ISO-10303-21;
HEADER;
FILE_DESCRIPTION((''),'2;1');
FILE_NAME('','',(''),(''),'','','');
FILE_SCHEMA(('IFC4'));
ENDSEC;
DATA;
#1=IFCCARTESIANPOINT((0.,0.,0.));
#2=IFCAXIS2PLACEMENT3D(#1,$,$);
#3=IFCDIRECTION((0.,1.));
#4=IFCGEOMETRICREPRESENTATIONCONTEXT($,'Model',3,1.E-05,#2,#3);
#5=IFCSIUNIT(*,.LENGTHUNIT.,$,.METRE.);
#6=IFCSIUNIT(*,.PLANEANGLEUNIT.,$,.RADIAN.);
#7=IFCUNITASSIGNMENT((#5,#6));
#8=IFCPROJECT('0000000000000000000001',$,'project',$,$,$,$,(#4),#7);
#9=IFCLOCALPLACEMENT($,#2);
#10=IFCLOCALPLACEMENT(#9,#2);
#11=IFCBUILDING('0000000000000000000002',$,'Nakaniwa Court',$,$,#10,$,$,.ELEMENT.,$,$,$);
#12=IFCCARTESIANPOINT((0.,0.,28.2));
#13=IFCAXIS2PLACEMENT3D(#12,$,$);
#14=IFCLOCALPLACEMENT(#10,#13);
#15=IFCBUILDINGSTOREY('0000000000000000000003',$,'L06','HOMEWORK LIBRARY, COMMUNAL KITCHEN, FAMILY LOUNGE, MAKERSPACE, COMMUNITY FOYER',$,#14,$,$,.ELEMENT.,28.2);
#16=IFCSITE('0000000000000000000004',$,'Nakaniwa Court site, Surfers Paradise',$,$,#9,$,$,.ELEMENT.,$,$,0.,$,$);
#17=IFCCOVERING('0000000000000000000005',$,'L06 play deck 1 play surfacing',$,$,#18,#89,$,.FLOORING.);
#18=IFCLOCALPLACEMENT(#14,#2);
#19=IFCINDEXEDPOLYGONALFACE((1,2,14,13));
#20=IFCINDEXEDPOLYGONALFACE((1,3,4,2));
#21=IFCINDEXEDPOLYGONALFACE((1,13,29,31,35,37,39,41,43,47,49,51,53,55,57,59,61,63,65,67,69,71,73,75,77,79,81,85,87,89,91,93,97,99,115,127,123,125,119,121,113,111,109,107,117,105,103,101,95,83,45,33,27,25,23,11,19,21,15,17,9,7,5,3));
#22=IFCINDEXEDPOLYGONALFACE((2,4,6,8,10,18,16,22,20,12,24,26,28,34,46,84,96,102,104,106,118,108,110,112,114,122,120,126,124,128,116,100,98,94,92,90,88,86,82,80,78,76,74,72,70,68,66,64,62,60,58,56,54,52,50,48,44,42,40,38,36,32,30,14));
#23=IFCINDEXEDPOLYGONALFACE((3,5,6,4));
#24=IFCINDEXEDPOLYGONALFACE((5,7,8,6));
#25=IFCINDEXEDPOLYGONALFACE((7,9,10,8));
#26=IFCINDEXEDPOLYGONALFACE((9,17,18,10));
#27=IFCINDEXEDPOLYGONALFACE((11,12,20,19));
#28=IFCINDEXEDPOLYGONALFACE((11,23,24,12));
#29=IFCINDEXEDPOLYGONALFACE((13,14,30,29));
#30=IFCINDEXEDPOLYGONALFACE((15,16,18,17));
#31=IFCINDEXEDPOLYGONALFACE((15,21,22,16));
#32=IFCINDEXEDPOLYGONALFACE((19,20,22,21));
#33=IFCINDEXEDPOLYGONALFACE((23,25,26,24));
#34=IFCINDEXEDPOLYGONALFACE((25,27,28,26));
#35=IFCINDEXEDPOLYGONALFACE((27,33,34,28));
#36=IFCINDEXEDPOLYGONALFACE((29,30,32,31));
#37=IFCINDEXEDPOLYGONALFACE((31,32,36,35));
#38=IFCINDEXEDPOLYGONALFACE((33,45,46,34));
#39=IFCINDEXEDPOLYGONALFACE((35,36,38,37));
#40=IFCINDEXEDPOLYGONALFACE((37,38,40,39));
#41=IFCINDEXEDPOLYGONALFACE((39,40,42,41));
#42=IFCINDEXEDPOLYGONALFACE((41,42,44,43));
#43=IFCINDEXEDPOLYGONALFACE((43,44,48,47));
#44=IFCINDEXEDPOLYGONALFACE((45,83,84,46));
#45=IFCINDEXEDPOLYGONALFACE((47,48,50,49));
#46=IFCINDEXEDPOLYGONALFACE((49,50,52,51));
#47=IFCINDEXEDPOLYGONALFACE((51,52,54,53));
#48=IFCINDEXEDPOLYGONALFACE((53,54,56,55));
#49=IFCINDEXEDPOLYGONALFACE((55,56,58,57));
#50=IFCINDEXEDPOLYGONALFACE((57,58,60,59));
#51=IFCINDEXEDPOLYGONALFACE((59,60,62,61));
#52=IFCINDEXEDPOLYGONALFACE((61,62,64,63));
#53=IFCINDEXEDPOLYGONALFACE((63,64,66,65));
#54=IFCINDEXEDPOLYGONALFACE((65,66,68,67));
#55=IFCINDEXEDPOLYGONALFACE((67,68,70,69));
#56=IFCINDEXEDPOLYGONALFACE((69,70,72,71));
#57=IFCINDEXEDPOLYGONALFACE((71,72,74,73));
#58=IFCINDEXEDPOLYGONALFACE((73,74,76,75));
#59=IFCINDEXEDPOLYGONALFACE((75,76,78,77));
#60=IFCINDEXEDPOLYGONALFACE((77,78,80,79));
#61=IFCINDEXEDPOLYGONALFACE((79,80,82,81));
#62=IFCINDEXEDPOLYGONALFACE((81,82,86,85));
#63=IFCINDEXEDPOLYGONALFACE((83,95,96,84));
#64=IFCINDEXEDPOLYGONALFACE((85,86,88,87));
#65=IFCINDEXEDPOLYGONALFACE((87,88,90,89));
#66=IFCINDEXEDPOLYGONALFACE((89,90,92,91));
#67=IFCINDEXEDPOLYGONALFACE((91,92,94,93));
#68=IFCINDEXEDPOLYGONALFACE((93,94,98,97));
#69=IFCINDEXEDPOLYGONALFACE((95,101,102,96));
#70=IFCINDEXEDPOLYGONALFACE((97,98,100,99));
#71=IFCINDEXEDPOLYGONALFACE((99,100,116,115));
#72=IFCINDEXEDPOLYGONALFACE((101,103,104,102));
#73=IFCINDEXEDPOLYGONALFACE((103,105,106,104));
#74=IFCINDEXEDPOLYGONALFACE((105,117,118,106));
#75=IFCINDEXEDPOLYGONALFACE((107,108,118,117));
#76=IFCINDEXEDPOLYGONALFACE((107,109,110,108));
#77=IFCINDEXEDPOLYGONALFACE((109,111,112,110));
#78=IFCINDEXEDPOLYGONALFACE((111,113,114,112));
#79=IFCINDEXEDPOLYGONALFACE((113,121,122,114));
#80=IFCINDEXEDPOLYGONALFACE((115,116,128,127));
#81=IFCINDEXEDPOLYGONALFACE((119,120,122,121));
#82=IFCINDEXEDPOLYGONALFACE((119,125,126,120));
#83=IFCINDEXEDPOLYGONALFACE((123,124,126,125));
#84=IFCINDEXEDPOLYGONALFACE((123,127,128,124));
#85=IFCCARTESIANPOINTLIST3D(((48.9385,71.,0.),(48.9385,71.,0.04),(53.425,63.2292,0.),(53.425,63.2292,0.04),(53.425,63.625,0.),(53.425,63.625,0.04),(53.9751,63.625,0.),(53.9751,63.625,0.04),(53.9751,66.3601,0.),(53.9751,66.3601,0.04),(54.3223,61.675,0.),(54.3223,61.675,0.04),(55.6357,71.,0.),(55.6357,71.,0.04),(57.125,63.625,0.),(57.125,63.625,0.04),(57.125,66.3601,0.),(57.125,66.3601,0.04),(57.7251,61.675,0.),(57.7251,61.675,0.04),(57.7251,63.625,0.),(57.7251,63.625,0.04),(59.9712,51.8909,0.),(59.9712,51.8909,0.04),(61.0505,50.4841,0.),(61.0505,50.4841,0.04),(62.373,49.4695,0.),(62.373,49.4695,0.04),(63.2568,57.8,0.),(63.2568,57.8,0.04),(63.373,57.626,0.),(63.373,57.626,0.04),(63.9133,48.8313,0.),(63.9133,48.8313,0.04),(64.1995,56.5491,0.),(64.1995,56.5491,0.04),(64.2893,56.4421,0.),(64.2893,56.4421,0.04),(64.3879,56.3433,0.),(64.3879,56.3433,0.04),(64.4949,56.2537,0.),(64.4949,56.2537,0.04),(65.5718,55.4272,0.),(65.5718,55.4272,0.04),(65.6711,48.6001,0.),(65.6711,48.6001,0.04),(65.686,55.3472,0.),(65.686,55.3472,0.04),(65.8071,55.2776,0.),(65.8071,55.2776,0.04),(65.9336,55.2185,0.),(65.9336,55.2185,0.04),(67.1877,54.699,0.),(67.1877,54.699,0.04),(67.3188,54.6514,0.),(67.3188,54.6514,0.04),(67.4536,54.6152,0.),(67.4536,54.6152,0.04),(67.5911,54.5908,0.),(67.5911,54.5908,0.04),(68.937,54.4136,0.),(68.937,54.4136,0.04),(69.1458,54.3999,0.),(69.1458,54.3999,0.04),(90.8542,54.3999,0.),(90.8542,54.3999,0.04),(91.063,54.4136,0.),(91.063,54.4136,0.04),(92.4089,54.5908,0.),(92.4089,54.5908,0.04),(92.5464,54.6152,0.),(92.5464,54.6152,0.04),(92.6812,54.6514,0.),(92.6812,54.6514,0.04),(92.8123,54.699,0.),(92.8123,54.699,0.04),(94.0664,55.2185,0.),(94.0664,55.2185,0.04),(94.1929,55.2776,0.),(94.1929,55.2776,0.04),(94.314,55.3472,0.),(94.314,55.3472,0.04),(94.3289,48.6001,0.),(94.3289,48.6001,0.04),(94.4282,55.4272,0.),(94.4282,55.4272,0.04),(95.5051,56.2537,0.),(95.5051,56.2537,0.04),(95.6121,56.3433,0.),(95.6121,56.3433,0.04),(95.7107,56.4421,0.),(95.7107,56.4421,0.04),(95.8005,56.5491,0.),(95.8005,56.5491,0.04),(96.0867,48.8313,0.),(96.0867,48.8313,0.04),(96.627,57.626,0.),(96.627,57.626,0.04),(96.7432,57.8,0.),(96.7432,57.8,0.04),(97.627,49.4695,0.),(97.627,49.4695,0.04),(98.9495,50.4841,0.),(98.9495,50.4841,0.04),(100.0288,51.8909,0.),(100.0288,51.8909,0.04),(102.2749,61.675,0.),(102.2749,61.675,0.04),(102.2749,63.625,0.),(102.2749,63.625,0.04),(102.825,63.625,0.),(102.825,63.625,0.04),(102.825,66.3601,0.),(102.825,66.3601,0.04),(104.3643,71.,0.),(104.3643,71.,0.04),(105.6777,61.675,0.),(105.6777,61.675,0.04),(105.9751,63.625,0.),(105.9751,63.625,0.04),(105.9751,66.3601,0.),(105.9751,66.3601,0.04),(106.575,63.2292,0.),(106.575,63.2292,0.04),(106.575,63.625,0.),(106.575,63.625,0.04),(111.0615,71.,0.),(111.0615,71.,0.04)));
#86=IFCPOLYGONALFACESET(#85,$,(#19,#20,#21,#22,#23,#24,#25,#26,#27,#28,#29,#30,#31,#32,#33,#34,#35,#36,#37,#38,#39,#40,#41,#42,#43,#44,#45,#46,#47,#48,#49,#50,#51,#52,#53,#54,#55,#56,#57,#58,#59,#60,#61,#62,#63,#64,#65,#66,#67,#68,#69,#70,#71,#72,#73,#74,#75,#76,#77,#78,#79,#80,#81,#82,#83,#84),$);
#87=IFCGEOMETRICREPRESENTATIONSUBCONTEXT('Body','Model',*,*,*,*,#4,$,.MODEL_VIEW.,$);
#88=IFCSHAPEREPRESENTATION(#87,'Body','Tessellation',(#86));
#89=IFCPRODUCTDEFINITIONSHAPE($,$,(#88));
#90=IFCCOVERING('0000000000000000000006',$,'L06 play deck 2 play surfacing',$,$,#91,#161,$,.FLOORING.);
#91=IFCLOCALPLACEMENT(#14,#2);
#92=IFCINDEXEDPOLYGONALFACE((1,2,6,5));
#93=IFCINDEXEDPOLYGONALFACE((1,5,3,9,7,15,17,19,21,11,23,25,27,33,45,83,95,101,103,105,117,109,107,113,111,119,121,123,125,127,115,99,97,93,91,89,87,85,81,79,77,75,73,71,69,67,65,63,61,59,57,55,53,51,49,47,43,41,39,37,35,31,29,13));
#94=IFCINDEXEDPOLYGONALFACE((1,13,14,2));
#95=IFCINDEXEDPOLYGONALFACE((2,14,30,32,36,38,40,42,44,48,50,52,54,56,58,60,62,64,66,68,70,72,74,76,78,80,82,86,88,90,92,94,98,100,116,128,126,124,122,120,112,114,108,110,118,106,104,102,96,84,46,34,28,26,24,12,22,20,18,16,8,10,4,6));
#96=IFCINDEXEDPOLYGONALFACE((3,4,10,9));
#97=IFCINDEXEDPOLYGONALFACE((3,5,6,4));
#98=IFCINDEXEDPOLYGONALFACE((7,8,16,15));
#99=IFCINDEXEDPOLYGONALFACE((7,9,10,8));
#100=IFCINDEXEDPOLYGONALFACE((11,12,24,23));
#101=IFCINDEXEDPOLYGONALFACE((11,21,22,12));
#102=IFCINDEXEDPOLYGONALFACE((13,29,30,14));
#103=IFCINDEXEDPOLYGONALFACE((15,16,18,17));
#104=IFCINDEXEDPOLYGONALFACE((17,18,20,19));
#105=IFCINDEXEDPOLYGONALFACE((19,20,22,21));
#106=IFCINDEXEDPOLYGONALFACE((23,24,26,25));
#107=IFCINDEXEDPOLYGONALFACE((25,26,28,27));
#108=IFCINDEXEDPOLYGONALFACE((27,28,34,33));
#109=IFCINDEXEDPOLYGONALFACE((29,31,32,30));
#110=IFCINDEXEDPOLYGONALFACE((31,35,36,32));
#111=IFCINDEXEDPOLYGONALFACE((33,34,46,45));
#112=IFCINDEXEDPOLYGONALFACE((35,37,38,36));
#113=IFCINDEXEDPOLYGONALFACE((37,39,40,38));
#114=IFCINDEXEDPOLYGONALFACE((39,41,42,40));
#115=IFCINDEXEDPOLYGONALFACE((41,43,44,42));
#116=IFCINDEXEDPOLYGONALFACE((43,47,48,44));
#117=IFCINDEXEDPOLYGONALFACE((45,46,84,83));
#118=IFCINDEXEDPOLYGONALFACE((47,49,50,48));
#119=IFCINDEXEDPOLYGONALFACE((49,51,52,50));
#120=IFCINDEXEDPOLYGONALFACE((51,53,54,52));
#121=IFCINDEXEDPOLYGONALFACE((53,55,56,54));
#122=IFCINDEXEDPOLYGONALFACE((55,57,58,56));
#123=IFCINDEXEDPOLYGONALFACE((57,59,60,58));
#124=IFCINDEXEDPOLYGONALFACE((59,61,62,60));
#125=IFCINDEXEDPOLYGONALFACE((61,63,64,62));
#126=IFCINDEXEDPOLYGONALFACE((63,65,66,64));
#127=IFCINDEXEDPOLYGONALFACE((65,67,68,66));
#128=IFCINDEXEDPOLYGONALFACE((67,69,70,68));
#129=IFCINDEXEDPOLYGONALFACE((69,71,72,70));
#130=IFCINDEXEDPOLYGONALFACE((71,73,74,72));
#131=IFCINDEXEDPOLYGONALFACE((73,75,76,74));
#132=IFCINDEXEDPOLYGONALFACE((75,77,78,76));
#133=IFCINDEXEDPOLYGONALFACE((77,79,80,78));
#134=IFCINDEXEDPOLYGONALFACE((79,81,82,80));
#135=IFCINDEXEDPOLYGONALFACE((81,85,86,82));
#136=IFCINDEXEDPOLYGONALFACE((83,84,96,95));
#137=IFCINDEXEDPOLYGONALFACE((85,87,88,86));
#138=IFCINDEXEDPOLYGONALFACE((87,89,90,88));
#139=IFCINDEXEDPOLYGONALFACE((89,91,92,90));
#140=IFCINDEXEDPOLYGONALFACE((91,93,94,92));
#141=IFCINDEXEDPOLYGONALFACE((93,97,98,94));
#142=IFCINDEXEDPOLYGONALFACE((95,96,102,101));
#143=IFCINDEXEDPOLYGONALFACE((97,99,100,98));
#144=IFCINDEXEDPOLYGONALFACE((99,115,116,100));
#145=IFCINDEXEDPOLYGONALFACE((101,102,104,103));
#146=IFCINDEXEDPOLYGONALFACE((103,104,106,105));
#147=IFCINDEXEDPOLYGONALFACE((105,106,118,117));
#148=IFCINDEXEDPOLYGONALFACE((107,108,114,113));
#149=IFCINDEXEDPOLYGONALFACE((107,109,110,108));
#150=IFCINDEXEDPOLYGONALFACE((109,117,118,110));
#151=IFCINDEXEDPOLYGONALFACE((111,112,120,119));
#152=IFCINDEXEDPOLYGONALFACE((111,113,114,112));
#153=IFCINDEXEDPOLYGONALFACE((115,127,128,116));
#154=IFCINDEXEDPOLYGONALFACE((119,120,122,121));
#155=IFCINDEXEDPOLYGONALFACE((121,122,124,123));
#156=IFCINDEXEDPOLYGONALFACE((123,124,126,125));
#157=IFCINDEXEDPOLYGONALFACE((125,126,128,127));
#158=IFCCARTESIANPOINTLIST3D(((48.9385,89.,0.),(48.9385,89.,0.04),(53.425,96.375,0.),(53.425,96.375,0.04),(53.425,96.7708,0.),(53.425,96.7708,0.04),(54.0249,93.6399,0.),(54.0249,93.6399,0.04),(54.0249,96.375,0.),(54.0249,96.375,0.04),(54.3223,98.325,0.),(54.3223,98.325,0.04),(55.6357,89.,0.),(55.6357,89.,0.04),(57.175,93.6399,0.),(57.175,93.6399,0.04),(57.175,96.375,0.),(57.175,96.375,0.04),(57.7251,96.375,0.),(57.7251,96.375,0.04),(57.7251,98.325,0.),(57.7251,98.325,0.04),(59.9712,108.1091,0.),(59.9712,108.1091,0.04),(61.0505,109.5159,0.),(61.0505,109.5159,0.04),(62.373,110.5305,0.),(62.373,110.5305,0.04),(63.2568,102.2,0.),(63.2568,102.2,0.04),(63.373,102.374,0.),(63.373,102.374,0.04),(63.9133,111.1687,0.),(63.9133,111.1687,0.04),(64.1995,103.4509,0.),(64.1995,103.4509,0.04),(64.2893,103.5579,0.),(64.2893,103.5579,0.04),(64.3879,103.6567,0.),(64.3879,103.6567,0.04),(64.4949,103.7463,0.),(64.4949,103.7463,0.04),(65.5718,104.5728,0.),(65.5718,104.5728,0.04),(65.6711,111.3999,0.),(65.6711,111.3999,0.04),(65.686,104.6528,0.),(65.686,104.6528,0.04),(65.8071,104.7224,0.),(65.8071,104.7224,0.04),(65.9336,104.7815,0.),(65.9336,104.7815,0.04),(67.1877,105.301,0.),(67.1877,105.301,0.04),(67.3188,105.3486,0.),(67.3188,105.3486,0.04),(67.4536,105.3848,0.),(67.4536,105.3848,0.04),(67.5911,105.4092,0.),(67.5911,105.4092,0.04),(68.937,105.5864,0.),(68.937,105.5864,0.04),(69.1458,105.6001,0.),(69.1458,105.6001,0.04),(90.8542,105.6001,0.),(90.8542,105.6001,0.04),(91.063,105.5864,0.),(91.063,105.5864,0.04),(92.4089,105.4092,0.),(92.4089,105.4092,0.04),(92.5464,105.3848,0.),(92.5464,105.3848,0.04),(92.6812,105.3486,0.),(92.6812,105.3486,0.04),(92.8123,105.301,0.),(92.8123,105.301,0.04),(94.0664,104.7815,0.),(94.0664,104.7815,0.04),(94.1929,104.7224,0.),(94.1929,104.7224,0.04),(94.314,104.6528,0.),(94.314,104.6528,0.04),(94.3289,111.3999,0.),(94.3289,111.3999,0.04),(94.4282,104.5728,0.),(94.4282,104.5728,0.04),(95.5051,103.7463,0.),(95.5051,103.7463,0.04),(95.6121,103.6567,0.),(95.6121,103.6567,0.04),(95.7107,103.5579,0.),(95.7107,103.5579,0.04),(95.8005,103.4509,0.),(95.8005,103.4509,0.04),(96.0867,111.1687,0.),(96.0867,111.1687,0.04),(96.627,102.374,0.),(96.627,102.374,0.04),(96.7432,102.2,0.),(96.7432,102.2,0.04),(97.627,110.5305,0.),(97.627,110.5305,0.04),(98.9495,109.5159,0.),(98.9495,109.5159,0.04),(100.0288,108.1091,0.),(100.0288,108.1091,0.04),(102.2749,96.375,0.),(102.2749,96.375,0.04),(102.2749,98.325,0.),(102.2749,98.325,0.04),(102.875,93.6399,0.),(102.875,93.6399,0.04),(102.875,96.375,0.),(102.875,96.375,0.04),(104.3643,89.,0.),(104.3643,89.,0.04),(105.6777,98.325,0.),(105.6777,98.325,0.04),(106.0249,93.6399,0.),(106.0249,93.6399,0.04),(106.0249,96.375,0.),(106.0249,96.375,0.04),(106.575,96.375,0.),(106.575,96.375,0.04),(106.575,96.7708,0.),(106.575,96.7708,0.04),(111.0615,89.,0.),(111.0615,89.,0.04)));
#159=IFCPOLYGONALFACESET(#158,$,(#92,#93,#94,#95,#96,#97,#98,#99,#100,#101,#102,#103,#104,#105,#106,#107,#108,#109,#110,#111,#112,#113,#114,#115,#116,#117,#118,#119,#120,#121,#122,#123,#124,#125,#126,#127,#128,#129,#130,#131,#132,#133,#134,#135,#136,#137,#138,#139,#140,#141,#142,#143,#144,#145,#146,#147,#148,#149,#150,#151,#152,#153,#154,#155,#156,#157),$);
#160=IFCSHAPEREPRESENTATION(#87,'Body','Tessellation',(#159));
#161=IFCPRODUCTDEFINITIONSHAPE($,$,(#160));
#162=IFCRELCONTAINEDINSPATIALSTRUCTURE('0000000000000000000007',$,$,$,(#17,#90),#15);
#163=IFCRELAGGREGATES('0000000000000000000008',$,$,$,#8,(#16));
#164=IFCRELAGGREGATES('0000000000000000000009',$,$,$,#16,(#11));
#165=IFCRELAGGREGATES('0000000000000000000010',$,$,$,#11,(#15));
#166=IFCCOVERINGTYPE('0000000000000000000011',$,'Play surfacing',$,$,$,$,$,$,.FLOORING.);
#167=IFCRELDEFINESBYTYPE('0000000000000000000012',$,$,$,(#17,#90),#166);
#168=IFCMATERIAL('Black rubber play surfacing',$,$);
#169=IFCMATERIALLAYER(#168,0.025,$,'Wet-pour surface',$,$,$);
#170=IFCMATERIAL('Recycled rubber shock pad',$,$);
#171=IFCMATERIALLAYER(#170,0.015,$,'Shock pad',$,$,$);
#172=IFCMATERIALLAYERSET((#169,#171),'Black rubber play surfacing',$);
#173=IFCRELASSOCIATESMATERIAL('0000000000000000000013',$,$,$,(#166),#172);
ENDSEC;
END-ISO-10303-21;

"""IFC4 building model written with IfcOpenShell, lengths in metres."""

from ifc_helpers import new_model, si_unit, direction, frame, origin, place, context, subcontext, project, spatial, polyline, outline, extrude, material, layer, layer_set, type_object, element, save


model = new_model("IFC4")

# Units and contexts
model_context = context("Model", 3, precision=1e-05, world=origin(), true_north=direction((0.0, 1.0)))
body_context = subcontext(model_context, "Body", "Model", "MODEL_VIEW")
ifc_project = project(units=[si_unit("LENGTHUNIT", "METRE"), si_unit("PLANEANGLEUNIT", "RADIAN")], contexts=[model_context])

# Site, building, storey
site_placement = place(None, origin())
site = spatial("IfcSite", under=ifc_project, at=site_placement, Name="Nakaniwa Court site, Surfers Paradise", CompositionType="ELEMENT", RefElevation=0.0)
building_placement = place(site_placement, origin())
building = spatial("IfcBuilding", under=site, at=building_placement, Name="Nakaniwa Court", CompositionType="ELEMENT")
storey_placement = place(building_placement, frame((0.0, 0.0, 28.2)))
storey = spatial("IfcBuildingStorey", under=building, at=storey_placement, Name="L06", Description="HOMEWORK LIBRARY, COMMUNAL KITCHEN, FAMILY LOUNGE, MAKERSPACE, COMMUNITY FOYER", CompositionType="ELEMENT", Elevation=28.2)

# Coverings
ifc_material_1 = material(Name="Black rubber play surfacing")
ifc_layer_1 = layer(ifc_material_1, 0.025, Name="Wet-pour surface")
ifc_material_2 = material(Name="Recycled rubber shock pad")
ifc_layer_2 = layer(ifc_material_2, 0.015, Name="Shock pad")
ifc_layer_set_1 = layer_set([ifc_layer_1, ifc_layer_2], Name="Black rubber play surfacing")
covering_type = type_object("IfcCoveringType", Name="Play surfacing", PredefinedType="FLOORING", material=ifc_layer_set_1)
covering_1_placement = place(storey_placement, origin())
element("IfcCovering", 1, at=covering_1_placement, inside=storey, type_object=covering_type, Name="L06 play deck 1 play surfacing", PredefinedType="FLOORING", context=body_context, shape_type="SweptSolid", body=[
    extrude(outline(polyline([(98.9495, 50.4841), (97.627, 49.4695), (96.0867, 48.8313), (94.3289, 48.6001), (65.6711, 48.6001), (63.9133, 48.8313), (62.373, 49.4695), (61.0505, 50.4841), (59.9712, 51.8909), (54.3223, 61.675), (57.7251, 61.675), (57.7251, 63.625), (57.125, 63.625), (57.125, 66.3601), (53.9751, 66.3601), (53.9751, 63.625), (53.425, 63.625), (53.425, 63.2292), (48.9385, 71.0), (55.6357, 71.0), (63.2568, 57.8), (63.373, 57.626), (64.1995, 56.5491), (64.2893, 56.4421), (64.3879, 56.3433), (64.4949, 56.2537), (65.5718, 55.4272), (65.686, 55.3472), (65.8071, 55.2776), (65.9336, 55.2185), (67.1877, 54.699), (67.3188, 54.6514), (67.4536, 54.6152), (67.5911, 54.5908), (68.937, 54.4136), (69.1458, 54.3999), (90.8542, 54.3999), (91.063, 54.4136), (92.4089, 54.5908), (92.5464, 54.6152), (92.6812, 54.6514), (92.8123, 54.699), (94.0664, 55.2185), (94.1929, 55.2776), (94.314, 55.3472), (94.4282, 55.4272), (95.5051, 56.2537), (95.6121, 56.3433), (95.7107, 56.4421), (95.8005, 56.5491), (96.627, 57.626), (96.7432, 57.8), (104.3643, 71.0), (111.0615, 71.0), (106.575, 63.2292), (106.575, 63.625), (105.9751, 63.625), (105.9751, 66.3601), (102.825, 66.3601), (102.825, 63.625), (102.2749, 63.625), (102.2749, 61.675), (105.6777, 61.675), (100.0288, 51.8909), (98.9495, 50.4841)])), origin(), (0.0, 0.0, 1.0), 0.04),
])
covering_2_placement = place(storey_placement, origin())
element("IfcCovering", 2, at=covering_2_placement, inside=storey, type_object=covering_type, Name="L06 play deck 2 play surfacing", PredefinedType="FLOORING", context=body_context, shape_type="SweptSolid", body=[
    extrude(outline(polyline([(61.0505, 109.5159), (62.373, 110.5305), (63.9133, 111.1687), (65.6711, 111.3999), (94.3289, 111.3999), (96.0867, 111.1687), (97.627, 110.5305), (98.9495, 109.5159), (100.0288, 108.1091), (105.6777, 98.325), (102.2749, 98.325), (102.2749, 96.375), (102.875, 96.375), (102.875, 93.6399), (106.0249, 93.6399), (106.0249, 96.375), (106.575, 96.375), (106.575, 96.7708), (111.0615, 89.0), (104.3643, 89.0), (96.7432, 102.2), (96.627, 102.374), (95.8005, 103.4509), (95.7107, 103.5579), (95.6121, 103.6567), (95.5051, 103.7463), (94.4282, 104.5728), (94.314, 104.6528), (94.1929, 104.7224), (94.0664, 104.7815), (92.8123, 105.301), (92.6812, 105.3486), (92.5464, 105.3848), (92.4089, 105.4092), (91.063, 105.5864), (90.8542, 105.6001), (69.1458, 105.6001), (68.937, 105.5864), (67.5911, 105.4092), (67.4536, 105.3848), (67.3188, 105.3486), (67.1877, 105.301), (65.9336, 104.7815), (65.8071, 104.7224), (65.686, 104.6528), (65.5718, 104.5728), (64.4949, 103.7463), (64.3879, 103.6567), (64.2893, 103.5579), (64.1995, 103.4509), (63.373, 102.374), (63.2568, 102.2), (55.6357, 89.0), (48.9385, 89.0), (53.425, 96.7708), (53.425, 96.375), (54.0249, 96.375), (54.0249, 93.6399), (57.175, 93.6399), (57.175, 96.375), (57.7251, 96.375), (57.7251, 98.325), (54.3223, 98.325), (59.9712, 108.1091), (61.0505, 109.5159)])), origin(), (0.0, 0.0, 1.0), 0.04),
])

save(model, "model.ifc")
